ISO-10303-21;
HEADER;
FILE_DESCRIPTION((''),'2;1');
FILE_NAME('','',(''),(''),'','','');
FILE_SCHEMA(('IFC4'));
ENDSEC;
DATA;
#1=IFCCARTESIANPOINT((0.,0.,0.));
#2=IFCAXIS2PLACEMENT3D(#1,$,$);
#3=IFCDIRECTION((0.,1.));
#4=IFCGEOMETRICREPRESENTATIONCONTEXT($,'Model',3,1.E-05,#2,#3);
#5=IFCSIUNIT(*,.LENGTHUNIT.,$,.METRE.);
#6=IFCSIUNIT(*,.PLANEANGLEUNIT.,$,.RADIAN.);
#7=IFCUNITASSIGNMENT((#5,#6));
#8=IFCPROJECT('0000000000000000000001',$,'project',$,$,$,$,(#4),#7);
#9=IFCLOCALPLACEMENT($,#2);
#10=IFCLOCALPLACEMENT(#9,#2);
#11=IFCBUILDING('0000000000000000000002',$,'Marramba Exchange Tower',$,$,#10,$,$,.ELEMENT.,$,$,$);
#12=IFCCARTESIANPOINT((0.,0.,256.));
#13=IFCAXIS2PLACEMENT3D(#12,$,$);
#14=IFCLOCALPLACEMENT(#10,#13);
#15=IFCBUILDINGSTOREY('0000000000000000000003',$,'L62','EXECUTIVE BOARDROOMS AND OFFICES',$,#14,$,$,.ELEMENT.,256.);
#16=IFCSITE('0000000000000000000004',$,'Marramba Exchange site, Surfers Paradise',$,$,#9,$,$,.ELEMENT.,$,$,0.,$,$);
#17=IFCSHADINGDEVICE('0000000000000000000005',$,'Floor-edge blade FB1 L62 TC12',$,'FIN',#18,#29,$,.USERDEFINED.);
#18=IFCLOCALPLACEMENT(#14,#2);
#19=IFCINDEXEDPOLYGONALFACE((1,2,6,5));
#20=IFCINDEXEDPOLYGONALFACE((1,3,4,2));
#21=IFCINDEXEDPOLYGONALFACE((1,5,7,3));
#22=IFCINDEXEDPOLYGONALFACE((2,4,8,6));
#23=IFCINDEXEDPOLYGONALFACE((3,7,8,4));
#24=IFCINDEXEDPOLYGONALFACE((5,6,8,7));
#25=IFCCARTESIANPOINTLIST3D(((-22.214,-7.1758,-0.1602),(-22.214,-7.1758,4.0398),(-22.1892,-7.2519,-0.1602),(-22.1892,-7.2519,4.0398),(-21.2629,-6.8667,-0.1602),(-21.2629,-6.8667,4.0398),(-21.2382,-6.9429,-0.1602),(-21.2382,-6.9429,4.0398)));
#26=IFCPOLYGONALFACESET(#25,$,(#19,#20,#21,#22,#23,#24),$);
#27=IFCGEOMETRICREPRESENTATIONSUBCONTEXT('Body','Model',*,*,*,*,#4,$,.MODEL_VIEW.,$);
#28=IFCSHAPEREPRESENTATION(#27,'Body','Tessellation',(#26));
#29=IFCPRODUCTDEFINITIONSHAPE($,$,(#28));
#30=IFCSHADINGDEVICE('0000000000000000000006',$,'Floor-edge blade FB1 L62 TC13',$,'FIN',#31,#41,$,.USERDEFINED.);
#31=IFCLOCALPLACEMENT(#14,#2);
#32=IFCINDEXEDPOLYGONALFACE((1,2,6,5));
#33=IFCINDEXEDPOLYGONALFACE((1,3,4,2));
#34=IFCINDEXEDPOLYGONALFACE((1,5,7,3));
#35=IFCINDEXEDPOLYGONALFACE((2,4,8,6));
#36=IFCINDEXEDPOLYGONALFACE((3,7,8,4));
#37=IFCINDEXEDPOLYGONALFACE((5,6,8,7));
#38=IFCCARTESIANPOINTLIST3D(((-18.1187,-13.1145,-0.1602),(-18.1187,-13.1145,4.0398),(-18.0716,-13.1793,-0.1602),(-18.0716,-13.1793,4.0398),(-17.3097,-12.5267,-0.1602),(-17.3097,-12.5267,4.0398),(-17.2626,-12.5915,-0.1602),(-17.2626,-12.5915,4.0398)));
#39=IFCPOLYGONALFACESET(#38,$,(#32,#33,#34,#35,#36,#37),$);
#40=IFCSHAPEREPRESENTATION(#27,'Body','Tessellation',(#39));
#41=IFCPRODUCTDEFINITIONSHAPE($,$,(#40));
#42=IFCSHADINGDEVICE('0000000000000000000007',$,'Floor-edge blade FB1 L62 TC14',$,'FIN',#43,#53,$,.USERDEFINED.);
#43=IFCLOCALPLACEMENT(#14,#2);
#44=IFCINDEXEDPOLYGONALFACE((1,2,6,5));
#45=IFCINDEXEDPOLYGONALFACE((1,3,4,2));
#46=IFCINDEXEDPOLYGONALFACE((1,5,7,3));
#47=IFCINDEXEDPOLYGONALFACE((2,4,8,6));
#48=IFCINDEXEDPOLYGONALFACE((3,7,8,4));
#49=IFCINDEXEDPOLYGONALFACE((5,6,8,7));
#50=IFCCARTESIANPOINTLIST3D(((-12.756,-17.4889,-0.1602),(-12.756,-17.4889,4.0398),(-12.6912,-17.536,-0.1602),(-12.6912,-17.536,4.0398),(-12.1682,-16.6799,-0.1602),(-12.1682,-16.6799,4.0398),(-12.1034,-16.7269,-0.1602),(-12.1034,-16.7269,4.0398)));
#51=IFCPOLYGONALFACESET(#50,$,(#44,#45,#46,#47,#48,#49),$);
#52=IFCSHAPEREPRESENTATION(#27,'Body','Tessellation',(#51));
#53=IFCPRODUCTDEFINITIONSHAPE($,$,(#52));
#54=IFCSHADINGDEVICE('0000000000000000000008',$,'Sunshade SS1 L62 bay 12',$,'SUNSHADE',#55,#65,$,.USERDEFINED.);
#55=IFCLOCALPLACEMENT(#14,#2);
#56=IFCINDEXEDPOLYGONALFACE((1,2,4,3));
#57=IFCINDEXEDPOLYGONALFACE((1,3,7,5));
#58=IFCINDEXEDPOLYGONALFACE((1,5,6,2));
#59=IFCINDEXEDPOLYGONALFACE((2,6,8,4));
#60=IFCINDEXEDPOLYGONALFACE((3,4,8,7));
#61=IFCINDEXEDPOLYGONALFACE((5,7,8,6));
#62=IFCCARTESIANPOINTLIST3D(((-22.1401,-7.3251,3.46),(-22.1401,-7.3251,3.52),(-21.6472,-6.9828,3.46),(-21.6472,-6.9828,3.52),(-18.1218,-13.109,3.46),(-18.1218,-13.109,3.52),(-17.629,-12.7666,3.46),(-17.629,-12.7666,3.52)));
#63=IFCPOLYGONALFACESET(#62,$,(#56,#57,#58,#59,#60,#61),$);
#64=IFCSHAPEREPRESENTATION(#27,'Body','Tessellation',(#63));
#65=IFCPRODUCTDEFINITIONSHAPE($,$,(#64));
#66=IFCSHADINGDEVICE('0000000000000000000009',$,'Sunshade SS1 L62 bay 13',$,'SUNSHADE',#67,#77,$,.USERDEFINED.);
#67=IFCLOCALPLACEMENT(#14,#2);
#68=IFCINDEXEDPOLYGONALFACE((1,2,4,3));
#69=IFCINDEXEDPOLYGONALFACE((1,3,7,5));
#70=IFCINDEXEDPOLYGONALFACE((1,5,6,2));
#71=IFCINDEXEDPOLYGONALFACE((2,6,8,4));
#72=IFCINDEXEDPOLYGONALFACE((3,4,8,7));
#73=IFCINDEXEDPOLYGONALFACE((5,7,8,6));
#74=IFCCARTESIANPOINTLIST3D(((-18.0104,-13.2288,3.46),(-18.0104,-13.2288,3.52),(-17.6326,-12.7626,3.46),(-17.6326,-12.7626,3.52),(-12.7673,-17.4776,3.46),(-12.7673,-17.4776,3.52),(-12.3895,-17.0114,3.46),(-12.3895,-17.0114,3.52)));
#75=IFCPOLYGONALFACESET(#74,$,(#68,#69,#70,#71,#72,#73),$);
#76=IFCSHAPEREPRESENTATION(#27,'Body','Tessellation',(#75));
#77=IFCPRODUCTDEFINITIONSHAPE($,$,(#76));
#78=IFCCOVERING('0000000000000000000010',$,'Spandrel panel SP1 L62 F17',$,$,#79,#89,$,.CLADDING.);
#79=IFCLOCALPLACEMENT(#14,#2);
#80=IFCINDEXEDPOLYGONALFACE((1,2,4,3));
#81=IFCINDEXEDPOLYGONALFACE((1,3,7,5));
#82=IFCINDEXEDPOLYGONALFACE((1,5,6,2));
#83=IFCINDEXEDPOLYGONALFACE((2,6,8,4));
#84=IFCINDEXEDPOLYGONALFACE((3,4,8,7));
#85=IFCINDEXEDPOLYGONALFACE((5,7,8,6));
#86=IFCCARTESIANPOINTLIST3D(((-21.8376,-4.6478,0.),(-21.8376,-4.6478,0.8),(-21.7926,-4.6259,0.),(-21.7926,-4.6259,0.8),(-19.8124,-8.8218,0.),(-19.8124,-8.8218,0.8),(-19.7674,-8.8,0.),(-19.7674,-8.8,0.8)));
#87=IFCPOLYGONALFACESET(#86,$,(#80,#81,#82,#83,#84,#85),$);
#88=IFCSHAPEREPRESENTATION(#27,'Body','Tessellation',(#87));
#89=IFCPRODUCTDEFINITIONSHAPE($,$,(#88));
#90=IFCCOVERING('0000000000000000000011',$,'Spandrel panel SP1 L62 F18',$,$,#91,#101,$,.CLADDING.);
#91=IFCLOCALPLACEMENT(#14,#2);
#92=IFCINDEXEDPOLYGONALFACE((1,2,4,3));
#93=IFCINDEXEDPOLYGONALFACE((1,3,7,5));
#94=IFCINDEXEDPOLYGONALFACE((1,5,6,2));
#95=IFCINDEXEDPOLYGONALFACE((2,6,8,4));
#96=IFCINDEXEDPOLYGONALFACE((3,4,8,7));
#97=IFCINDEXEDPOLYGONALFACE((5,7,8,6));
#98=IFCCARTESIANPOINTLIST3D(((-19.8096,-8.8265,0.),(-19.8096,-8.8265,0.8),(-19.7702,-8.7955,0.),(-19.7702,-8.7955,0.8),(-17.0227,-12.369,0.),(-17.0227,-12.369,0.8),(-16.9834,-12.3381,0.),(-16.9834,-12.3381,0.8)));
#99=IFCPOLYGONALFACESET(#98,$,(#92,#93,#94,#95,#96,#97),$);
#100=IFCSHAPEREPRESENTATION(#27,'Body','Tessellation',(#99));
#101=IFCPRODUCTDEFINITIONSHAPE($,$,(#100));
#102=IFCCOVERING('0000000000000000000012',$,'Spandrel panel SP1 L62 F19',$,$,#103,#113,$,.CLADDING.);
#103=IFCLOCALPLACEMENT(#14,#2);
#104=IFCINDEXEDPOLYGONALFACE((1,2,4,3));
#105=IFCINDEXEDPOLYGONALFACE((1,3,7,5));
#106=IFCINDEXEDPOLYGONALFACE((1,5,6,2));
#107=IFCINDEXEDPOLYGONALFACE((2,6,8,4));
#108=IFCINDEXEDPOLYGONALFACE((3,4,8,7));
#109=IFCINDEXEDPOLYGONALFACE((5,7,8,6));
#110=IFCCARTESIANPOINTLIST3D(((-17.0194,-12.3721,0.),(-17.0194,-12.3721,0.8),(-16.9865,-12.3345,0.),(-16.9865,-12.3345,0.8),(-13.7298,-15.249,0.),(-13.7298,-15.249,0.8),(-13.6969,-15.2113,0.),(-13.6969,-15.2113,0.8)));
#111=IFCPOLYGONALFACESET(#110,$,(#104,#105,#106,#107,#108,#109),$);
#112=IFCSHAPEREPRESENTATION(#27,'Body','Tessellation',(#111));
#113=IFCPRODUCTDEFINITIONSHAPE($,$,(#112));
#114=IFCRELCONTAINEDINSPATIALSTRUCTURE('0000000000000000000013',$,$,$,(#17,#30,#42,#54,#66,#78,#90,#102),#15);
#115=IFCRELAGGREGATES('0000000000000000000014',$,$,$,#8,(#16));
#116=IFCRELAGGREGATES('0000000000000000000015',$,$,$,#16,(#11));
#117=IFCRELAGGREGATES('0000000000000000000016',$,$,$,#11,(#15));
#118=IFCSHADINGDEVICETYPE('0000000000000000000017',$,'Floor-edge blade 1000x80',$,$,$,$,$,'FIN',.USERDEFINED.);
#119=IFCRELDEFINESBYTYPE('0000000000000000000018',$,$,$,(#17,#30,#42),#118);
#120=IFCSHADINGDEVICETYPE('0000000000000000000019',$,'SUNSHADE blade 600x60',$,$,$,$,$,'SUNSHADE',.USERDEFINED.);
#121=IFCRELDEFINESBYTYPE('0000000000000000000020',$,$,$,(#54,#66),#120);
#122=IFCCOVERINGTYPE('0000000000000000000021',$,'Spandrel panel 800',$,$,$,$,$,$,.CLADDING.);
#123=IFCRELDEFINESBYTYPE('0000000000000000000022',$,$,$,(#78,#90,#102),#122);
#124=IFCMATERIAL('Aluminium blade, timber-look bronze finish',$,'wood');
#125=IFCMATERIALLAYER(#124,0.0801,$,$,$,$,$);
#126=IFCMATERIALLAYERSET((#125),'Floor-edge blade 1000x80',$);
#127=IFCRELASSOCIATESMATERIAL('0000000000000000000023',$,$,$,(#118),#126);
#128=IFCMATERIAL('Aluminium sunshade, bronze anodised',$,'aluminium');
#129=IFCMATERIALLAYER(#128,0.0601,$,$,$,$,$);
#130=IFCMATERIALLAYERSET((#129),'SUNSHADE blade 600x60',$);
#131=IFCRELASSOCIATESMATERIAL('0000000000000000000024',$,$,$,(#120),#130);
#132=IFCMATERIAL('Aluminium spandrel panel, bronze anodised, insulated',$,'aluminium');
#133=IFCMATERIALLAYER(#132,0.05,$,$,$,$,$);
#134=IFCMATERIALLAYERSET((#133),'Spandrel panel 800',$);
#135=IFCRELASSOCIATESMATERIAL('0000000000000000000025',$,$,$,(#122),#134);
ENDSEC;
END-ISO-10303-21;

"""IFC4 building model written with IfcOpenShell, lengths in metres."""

from ifc_helpers import new_model, si_unit, direction, frame, origin, origin_2d, place, context, subcontext, project, spatial, rectangle, extrude, material, layer, layer_set, type_object, element, save


model = new_model("IFC4")

# Units and contexts
model_context = context("Model", 3, precision=1e-05, world=origin(), true_north=direction((0.0, 1.0)))
body_context = subcontext(model_context, "Body", "Model", "MODEL_VIEW")
ifc_project = project(units=[si_unit("LENGTHUNIT", "METRE"), si_unit("PLANEANGLEUNIT", "RADIAN")], contexts=[model_context])

# Site, building, storey
site_placement = place(None, origin())
site = spatial("IfcSite", under=ifc_project, at=site_placement, Name="Marramba Exchange site, Surfers Paradise", CompositionType="ELEMENT", RefElevation=0.0)
building_placement = place(site_placement, origin())
building = spatial("IfcBuilding", under=site, at=building_placement, Name="Marramba Exchange Tower", CompositionType="ELEMENT")
storey_placement = place(building_placement, frame((0.0, 0.0, 256.0)))
storey = spatial("IfcBuildingStorey", under=building, at=storey_placement, Name="L62", Description="EXECUTIVE BOARDROOMS AND OFFICES", CompositionType="ELEMENT", Elevation=256.0)

# Shading devices
ifc_material_1 = material(Name="Aluminium blade, timber-look bronze finish", Category="wood")
ifc_layer_1 = layer(ifc_material_1, 0.0801)
ifc_layer_set_1 = layer_set([ifc_layer_1], Name="Floor-edge blade 1000x80")
shading_device_type_1 = type_object("IfcShadingDeviceType", Name="Floor-edge blade 1000x80", ElementType="FIN", PredefinedType="USERDEFINED", material=ifc_layer_set_1)
for number, where, z_axis, x_axis, name in (
    (1, (-21.7261, -7.0593, -0.1602), (0.0, 0.0, 1.0), (-0.951057, -0.309017, 0.0), "Floor-edge blade FB1 L62 TC12"),
    (2, (-17.6907, -12.853, -0.1602), (0.0, 0.0, 1.0), (-0.809017, -0.587785, 0.0), "Floor-edge blade FB1 L62 TC13"),
    (3, (-12.4297, -17.1079, -0.1602), (0.0, 0.0, 1.0), (-0.587785, -0.809017, 0.0), "Floor-edge blade FB1 L62 TC14"),
):
    element("IfcShadingDevice", number, at=place(storey_placement, frame(where, z_axis=z_axis, x_axis=x_axis)), inside=storey, type_object=shading_device_type_1, Name=name, ObjectType="FIN", PredefinedType="USERDEFINED", context=body_context, shape_type="SweptSolid", body=[
        extrude(rectangle(XDim=1.0, YDim=0.0801, at=origin_2d()), origin(), (0.0, 0.0, 1.0), 4.2),
    ])
ifc_material_2 = material(Name="Aluminium sunshade, bronze anodised", Category="aluminium")
ifc_layer_2 = layer(ifc_material_2, 0.0601)
ifc_layer_set_2 = layer_set([ifc_layer_2], Name="SUNSHADE blade 600x60")
shading_device_type_2 = type_object("IfcShadingDeviceType", Name="SUNSHADE blade 600x60", ElementType="SUNSHADE", PredefinedType="USERDEFINED", material=ifc_layer_set_2)
shading_device_1_placement = place(storey_placement, frame((-19.8845, -10.0459, 3.46), z_axis=(0.0, 0.0, 1.0), x_axis=(0.570558, -0.821257, 0.0)))
element("IfcShadingDevice", 4, at=shading_device_1_placement, inside=storey, type_object=shading_device_type_2, Name="Sunshade SS1 L62 bay 12", ObjectType="SUNSHADE", PredefinedType="USERDEFINED", context=body_context, shape_type="SweptSolid", body=[
    extrude(rectangle(XDim=7.0427, YDim=0.6001, at=origin_2d()), origin(), (0.0, 0.0, 1.0), 0.0601),
])
shading_device_2_placement = place(storey_placement, frame((-15.2, -15.1201, 3.46), z_axis=(0.0, 0.0, 1.0), x_axis=(0.776928, -0.62959, 0.0)))
element("IfcShadingDevice", 5, at=shading_device_2_placement, inside=storey, type_object=shading_device_type_2, Name="Sunshade SS1 L62 bay 13", ObjectType="SUNSHADE", PredefinedType="USERDEFINED", context=body_context, shape_type="SweptSolid", body=[
    extrude(rectangle(XDim=6.7485, YDim=0.6001, at=origin_2d()), origin(), (0.0, 0.0, 1.0), 0.0601),
])

# Coverings
ifc_material_3 = material(Name="Aluminium spandrel panel, bronze anodised, insulated", Category="aluminium")
ifc_layer_3 = layer(ifc_material_3, 0.05)
ifc_layer_set_3 = layer_set([ifc_layer_3], Name="Spandrel panel 800")
covering_type = type_object("IfcCoveringType", Name="Spandrel panel 800", PredefinedType="CLADDING", material=ifc_layer_set_3)
covering_1_placement = place(storey_placement, frame((-20.8025, -6.7239, 0.0), z_axis=(0.0, 0.0, 1.0), x_axis=(0.436515, -0.899697, 0.0)))
element("IfcCovering", 6, at=covering_1_placement, inside=storey, type_object=covering_type, Name="Spandrel panel SP1 L62 F17", PredefinedType="CLADDING", context=body_context, shape_type="SweptSolid", body=[
    extrude(rectangle(XDim=4.6394, YDim=0.05, at=origin_2d()), origin(), (0.0, 0.0, 1.0), 0.8),
])
covering_2_placement = place(storey_placement, frame((-18.3965, -10.5823, 0.0), z_axis=(0.0, 0.0, 1.0), x_axis=(0.618291, -0.78595, 0.0)))
element("IfcCovering", 7, at=covering_2_placement, inside=storey, type_object=covering_type, Name="Spandrel panel SP1 L62 F18", PredefinedType="CLADDING", context=body_context, shape_type="SweptSolid", body=[
    extrude(rectangle(XDim=4.5073, YDim=0.05, at=origin_2d()), origin(), (0.0, 0.0, 1.0), 0.8),
])
covering_3_placement = place(storey_placement, frame((-15.3582, -13.7917, 0.0), z_axis=(0.0, 0.0, 1.0), x_axis=(0.752751, -0.658305, 0.0)))
element("IfcCovering", 8, at=covering_3_placement, inside=storey, type_object=covering_type, Name="Spandrel panel SP1 L62 F19", PredefinedType="CLADDING", context=body_context, shape_type="SweptSolid", body=[
    extrude(rectangle(XDim=4.3701, YDim=0.05, at=origin_2d()), origin(), (0.0, 0.0, 1.0), 0.8),
])

save(model, "model.ifc")
